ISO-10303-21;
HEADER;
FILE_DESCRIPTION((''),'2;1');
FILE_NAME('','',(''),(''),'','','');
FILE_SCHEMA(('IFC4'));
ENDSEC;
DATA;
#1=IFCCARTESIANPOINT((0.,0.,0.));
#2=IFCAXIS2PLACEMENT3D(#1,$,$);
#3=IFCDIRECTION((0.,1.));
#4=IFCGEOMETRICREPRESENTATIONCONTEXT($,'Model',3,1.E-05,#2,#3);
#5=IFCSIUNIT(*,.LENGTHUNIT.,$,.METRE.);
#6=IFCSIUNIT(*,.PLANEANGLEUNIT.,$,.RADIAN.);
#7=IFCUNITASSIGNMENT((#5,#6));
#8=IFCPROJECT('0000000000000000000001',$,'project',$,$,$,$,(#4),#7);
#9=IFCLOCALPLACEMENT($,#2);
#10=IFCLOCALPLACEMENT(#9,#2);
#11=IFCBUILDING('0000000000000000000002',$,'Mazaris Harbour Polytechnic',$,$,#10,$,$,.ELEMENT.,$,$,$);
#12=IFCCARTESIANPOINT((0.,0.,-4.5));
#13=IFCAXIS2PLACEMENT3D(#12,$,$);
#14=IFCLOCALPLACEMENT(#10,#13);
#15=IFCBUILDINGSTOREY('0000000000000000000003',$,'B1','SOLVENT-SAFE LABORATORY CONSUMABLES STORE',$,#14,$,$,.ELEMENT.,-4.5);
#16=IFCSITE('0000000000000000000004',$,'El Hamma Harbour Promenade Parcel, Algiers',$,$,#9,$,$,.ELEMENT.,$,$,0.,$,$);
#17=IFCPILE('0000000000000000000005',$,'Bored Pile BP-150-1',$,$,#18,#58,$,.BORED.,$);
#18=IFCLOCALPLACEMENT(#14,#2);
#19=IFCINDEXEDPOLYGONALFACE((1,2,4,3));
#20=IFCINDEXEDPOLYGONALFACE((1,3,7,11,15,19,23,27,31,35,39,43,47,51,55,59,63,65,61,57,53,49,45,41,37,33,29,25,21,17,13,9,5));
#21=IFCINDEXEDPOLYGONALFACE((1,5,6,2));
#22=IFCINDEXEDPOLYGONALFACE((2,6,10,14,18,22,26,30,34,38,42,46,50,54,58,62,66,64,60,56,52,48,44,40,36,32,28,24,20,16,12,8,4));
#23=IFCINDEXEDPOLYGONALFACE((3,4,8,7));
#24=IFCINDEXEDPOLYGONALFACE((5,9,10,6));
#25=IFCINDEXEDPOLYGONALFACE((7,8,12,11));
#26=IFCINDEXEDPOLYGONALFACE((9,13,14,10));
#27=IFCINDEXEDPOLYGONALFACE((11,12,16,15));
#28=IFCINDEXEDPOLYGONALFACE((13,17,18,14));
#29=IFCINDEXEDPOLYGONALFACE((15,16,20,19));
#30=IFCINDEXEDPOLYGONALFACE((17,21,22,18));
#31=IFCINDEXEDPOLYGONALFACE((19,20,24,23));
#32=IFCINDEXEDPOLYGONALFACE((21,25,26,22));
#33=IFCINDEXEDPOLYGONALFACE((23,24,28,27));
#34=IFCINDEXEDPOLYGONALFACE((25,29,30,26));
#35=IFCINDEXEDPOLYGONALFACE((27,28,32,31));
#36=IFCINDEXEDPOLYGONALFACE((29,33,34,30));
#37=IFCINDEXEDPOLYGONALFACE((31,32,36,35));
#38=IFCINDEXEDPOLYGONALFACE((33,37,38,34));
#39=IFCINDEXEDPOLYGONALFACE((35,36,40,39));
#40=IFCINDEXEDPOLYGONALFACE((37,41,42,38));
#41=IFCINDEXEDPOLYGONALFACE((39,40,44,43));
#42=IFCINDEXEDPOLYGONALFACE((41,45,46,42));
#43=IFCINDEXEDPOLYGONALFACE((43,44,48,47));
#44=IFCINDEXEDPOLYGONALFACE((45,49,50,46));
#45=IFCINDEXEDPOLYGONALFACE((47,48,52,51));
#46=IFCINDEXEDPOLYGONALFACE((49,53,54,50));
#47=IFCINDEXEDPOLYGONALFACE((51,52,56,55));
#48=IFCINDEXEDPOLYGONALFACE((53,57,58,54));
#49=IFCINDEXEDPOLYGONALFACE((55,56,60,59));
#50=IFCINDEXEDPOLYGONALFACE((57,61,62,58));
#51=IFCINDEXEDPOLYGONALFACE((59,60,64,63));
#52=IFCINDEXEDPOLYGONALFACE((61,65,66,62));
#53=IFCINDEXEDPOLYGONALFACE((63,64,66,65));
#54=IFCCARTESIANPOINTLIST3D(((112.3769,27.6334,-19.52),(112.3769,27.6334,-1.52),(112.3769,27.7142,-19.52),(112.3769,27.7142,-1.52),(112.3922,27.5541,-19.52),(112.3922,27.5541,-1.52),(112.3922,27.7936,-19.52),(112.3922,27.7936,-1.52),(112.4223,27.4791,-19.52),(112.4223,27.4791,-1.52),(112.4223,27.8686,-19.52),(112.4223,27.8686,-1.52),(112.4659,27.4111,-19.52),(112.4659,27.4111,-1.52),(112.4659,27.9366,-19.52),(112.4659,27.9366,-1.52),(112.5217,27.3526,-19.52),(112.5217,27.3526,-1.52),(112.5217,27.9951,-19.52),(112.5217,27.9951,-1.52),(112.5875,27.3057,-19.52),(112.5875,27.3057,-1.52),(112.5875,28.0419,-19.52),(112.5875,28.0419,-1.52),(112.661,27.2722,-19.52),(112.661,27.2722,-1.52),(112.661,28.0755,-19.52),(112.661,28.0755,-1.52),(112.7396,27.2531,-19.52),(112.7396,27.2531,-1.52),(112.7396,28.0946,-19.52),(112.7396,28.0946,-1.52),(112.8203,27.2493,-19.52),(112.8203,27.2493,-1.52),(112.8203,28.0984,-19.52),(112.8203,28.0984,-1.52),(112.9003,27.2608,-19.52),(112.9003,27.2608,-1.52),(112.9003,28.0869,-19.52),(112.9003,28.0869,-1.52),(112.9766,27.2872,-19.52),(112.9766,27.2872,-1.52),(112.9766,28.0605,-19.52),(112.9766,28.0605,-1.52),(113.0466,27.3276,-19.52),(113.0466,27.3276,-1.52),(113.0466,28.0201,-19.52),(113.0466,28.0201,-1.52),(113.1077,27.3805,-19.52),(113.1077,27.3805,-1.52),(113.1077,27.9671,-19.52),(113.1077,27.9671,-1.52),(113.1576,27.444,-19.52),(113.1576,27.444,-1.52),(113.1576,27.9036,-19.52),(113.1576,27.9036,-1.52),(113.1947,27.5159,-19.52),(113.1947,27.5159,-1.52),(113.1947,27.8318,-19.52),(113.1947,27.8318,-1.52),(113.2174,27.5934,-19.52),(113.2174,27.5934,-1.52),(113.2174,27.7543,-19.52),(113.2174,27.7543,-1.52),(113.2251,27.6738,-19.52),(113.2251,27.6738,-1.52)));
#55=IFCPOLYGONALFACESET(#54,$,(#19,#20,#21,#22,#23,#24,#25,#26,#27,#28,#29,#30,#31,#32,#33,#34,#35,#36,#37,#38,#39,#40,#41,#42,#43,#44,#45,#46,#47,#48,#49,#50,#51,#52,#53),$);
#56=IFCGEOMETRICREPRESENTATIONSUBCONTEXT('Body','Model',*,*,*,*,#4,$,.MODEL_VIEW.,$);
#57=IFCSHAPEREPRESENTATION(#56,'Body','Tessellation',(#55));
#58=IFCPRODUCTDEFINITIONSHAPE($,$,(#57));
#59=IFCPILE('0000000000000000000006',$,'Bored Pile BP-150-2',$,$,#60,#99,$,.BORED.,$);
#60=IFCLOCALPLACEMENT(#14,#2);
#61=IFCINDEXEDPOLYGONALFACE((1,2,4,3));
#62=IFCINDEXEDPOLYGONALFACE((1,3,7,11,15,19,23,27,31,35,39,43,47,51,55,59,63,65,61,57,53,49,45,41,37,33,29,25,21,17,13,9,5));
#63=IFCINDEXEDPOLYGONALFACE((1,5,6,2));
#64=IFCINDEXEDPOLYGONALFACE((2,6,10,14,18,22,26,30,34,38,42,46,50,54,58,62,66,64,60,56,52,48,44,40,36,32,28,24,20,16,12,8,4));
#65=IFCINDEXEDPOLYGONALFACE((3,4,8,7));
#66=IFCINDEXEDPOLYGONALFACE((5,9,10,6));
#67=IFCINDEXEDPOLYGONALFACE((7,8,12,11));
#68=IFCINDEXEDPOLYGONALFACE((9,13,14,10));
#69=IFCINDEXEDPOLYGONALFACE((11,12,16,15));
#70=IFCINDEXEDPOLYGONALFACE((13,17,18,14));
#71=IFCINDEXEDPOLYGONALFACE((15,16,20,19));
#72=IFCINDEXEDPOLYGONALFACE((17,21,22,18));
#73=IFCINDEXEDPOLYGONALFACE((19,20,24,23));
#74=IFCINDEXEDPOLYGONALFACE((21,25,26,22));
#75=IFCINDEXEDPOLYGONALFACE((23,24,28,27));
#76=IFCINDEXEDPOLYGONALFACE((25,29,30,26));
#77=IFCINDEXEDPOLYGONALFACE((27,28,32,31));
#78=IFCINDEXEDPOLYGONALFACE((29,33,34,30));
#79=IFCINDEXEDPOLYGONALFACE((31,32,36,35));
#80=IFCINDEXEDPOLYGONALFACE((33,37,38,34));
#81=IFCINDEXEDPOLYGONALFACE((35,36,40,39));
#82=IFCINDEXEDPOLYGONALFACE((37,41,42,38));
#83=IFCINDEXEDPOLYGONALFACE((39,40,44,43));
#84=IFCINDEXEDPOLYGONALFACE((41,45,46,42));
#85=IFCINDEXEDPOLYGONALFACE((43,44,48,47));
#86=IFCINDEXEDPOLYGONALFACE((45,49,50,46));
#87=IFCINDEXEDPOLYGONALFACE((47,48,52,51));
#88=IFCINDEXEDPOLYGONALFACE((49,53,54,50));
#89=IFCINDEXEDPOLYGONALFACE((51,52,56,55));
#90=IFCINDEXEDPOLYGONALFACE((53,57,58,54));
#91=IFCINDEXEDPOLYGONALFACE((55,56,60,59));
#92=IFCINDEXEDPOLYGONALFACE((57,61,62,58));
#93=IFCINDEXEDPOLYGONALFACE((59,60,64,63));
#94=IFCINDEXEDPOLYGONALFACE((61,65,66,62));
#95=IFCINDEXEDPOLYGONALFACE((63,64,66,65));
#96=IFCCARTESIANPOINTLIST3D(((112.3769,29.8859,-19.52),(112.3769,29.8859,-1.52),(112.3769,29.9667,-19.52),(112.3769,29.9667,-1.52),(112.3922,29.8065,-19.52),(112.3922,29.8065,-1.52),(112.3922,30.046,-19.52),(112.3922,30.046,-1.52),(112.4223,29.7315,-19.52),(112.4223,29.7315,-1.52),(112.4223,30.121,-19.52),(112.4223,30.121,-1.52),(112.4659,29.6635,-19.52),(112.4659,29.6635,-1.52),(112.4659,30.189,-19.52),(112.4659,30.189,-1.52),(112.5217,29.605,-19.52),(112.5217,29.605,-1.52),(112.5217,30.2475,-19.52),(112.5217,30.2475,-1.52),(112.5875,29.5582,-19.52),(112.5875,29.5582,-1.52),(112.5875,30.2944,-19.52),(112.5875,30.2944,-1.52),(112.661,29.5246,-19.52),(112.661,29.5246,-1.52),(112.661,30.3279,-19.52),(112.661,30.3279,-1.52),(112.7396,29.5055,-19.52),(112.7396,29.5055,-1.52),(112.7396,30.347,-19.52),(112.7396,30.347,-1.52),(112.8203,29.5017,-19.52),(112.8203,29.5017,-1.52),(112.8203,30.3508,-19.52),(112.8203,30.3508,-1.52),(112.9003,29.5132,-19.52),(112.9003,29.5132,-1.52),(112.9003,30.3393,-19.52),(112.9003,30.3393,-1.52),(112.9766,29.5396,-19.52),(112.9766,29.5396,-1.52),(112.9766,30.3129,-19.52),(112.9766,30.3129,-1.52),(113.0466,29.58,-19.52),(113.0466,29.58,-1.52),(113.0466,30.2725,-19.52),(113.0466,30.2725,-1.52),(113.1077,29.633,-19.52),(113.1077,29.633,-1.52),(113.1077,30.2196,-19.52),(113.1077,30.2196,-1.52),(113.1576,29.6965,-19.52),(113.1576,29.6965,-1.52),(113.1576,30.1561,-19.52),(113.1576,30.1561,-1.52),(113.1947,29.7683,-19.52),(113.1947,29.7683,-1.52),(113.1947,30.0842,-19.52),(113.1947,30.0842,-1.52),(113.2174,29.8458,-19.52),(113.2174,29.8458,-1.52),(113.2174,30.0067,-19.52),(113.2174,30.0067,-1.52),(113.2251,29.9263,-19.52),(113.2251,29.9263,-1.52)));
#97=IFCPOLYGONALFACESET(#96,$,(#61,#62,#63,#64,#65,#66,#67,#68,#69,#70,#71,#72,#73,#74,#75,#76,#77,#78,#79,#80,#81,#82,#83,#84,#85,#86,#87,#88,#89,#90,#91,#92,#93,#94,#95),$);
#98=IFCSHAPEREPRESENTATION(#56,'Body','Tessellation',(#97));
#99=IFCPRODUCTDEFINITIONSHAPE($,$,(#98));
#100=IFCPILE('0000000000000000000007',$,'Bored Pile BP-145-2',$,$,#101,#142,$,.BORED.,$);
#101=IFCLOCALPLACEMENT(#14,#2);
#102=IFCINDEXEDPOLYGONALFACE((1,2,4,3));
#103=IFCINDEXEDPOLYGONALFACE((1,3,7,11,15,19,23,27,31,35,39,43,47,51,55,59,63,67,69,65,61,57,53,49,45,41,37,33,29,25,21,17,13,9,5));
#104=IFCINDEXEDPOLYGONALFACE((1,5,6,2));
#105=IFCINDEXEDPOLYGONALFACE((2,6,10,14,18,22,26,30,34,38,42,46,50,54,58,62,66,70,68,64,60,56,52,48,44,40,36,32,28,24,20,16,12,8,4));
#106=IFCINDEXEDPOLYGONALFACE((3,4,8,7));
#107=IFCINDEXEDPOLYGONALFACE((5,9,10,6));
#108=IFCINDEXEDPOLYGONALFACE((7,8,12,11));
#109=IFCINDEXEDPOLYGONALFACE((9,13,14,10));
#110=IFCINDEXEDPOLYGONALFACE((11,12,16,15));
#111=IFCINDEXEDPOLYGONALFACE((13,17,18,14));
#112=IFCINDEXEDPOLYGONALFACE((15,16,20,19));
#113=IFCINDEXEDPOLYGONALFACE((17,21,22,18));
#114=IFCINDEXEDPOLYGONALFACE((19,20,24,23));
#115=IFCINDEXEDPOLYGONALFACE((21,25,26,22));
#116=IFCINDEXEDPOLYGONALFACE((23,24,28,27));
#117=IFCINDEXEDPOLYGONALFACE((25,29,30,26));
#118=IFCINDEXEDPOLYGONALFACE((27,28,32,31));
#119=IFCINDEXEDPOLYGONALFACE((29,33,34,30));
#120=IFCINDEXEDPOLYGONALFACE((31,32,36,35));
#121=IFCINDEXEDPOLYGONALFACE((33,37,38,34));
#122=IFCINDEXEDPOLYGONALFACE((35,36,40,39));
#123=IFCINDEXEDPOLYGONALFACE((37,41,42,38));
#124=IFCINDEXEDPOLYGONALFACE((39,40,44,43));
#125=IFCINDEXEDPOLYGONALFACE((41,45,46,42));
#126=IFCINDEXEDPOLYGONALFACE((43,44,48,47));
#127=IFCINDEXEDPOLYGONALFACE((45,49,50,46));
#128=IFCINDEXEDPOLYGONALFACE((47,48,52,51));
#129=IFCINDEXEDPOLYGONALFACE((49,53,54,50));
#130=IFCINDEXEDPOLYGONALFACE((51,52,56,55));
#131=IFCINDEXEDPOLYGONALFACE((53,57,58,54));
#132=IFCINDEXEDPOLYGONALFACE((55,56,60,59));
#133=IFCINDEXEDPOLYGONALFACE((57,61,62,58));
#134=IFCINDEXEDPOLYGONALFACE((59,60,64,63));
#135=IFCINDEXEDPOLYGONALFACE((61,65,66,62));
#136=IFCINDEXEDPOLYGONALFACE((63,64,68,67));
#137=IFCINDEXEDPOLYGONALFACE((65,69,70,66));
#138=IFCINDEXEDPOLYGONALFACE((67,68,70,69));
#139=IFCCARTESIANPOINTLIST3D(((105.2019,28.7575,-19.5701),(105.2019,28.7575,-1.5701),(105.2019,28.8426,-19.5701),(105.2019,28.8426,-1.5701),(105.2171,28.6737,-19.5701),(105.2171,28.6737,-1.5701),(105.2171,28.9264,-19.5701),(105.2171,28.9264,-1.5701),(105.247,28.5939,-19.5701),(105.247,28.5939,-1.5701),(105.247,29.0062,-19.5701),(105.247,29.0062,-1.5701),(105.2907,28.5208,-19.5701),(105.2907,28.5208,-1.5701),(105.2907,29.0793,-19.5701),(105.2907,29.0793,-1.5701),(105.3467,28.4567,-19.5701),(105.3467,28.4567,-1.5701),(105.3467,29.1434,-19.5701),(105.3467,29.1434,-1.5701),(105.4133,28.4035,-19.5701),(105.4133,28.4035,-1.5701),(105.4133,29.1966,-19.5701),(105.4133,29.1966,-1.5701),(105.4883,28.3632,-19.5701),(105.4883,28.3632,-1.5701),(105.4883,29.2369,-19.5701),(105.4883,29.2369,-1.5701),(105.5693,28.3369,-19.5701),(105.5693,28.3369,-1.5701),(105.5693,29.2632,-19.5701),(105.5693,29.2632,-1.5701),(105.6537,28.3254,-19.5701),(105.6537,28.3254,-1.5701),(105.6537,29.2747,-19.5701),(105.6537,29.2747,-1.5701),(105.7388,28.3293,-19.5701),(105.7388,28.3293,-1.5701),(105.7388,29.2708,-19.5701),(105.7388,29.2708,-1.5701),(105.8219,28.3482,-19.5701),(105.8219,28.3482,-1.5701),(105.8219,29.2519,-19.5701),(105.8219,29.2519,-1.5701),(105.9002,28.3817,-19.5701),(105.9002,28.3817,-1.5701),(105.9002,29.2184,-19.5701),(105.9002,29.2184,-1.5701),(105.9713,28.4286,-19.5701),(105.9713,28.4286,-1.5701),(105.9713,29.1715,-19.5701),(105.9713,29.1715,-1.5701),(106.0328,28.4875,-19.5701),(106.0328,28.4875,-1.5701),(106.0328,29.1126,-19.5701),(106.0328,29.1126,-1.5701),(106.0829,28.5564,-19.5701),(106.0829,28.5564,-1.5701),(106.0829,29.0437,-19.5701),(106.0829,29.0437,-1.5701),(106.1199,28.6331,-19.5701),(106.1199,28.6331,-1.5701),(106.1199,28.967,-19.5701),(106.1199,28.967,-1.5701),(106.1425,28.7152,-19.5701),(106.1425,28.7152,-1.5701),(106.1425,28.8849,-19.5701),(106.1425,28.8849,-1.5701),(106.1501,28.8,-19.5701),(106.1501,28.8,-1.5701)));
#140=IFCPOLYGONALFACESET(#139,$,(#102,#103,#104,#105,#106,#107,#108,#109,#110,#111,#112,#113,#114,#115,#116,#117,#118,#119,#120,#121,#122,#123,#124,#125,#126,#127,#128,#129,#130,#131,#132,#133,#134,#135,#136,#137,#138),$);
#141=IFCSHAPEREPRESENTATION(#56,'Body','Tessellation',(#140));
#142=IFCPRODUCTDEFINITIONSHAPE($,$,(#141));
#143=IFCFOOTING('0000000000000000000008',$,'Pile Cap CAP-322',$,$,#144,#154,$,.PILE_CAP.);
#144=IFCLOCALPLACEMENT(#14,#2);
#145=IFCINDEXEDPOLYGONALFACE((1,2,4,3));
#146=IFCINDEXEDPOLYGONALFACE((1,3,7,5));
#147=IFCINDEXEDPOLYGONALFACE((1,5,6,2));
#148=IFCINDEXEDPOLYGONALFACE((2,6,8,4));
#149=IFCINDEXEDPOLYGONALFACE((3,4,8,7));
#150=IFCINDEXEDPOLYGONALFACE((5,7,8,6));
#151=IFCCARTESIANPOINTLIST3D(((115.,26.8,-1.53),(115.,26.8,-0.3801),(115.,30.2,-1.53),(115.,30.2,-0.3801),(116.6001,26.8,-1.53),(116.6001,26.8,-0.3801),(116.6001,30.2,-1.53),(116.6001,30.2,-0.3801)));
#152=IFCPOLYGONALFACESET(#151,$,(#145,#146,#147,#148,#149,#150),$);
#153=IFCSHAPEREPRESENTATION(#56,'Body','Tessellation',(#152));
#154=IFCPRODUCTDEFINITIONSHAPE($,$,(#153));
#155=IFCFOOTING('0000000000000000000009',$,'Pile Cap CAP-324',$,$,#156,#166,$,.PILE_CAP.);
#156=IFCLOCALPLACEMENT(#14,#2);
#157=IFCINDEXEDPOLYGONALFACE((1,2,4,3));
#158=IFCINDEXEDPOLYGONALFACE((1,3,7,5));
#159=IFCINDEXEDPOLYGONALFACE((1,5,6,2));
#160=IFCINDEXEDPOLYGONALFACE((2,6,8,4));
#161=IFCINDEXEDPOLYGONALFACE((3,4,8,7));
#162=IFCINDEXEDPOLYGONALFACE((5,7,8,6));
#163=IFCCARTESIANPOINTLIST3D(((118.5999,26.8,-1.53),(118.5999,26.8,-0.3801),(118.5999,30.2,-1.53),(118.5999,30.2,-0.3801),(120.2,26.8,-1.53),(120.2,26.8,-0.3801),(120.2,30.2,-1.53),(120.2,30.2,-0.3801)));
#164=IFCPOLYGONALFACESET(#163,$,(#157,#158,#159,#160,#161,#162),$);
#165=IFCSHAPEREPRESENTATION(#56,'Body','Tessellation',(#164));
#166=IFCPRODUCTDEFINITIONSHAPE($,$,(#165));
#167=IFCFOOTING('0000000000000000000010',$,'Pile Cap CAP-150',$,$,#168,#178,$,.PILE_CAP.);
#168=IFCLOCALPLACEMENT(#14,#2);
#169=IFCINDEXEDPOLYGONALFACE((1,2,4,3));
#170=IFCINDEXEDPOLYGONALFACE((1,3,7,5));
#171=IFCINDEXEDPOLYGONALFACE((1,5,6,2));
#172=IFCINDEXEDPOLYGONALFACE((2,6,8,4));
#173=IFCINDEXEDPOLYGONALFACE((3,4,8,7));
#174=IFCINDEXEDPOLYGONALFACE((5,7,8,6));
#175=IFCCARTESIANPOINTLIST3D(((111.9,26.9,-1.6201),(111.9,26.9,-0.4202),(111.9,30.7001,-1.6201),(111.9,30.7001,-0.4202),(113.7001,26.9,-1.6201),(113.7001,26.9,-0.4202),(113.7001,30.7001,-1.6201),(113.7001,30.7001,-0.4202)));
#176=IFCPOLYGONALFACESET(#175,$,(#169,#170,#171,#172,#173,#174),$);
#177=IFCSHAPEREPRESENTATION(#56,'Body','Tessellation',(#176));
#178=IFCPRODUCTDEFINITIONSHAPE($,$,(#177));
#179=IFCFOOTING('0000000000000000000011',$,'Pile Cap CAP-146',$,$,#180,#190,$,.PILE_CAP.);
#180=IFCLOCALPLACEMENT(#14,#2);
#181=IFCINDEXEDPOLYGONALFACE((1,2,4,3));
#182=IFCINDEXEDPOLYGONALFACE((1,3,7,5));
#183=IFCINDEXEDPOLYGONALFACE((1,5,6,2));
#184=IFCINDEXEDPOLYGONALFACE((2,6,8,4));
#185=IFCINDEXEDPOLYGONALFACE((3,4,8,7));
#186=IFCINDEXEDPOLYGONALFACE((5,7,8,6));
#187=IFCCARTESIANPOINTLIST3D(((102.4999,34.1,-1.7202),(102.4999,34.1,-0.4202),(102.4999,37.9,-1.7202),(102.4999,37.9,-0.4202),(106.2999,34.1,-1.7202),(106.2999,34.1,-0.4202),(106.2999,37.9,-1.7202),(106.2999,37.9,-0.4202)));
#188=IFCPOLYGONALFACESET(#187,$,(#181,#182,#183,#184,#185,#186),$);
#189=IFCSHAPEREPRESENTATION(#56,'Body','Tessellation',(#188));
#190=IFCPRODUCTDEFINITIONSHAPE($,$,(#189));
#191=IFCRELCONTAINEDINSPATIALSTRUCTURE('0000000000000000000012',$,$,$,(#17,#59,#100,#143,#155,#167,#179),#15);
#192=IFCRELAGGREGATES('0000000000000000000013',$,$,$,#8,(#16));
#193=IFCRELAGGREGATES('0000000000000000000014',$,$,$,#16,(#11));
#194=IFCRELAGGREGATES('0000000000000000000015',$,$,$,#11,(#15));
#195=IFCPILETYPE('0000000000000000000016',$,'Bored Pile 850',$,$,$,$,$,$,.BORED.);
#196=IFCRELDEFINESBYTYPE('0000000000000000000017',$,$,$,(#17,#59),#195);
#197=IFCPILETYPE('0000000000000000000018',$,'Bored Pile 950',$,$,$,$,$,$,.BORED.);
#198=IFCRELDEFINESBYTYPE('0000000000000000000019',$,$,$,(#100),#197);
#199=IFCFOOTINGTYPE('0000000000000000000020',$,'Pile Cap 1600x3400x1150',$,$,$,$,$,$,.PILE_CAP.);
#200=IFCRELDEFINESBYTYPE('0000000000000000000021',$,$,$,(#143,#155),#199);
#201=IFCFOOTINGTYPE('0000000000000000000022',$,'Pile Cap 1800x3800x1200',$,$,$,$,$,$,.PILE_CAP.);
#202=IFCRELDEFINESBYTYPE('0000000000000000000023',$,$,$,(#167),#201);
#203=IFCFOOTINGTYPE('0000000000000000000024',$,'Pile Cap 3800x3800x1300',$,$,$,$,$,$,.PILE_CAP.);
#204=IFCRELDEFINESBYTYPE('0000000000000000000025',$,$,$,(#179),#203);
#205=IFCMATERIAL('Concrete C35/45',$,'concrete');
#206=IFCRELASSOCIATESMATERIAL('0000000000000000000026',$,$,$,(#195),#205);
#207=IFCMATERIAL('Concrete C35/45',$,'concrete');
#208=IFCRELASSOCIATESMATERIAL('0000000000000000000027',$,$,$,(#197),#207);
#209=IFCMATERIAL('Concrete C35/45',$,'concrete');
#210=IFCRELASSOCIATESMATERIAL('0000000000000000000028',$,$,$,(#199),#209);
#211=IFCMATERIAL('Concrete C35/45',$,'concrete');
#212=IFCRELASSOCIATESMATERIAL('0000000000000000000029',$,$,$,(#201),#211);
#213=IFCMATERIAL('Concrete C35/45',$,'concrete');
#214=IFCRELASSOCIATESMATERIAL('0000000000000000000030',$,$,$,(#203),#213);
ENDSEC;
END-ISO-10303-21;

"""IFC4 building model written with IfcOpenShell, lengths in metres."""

from ifc_helpers import new_model, si_unit, direction, frame, origin, origin_2d, place, context, subcontext, project, spatial, rectangle, circle, extrude, material, material_profile, profile_set, type_object, element, save


model = new_model("IFC4")

# Units and contexts
model_context = context("Model", 3, precision=1e-05, world=origin(), true_north=direction((0.0, 1.0)))
body_context = subcontext(model_context, "Body", "Model", "MODEL_VIEW")
ifc_project = project(units=[si_unit("LENGTHUNIT", "METRE"), si_unit("PLANEANGLEUNIT", "RADIAN")], contexts=[model_context])

# Site, building, storey
site_placement = place(None, origin())
site = spatial("IfcSite", under=ifc_project, at=site_placement, Name="El Hamma Harbour Promenade Parcel, Algiers", CompositionType="ELEMENT", RefElevation=0.0)
building_placement = place(site_placement, origin())
building = spatial("IfcBuilding", under=site, at=building_placement, Name="Mazaris Harbour Polytechnic", CompositionType="ELEMENT")
storey_placement = place(building_placement, frame((0.0, 0.0, -4.5)))
storey = spatial("IfcBuildingStorey", under=building, at=storey_placement, Name="B1", Description="SOLVENT-SAFE LABORATORY CONSUMABLES STORE", CompositionType="ELEMENT", Elevation=-4.5)

# Piles
ifc_material_1 = material(Name="Concrete C35/45", Category="concrete")
ifc_material_profile_1 = material_profile(ifc_material_1, circle(Radius=0.425, at=origin_2d()), Name="DIA850")
ifc_profile_set_1 = profile_set([ifc_material_profile_1], Name="Concrete C35/45")
pile_type_1 = type_object("IfcPileType", Name="Bored Pile 850", PredefinedType="BORED", material=ifc_profile_set_1)
for number, where, z_axis, x_axis, name in (
    (1, (112.8, 27.6738, -1.52), (0.0, 0.0, -1.0), (1.0, 0.0, 0.0), "Bored Pile BP-150-1"),
    (2, (112.8, 29.9263, -1.52), (0.0, 0.0, -1.0), (1.0, 0.0, 0.0), "Bored Pile BP-150-2"),
):
    element("IfcPile", number, at=place(storey_placement, frame(where, z_axis=z_axis, x_axis=x_axis)), inside=storey, type_object=pile_type_1, Name=name, PredefinedType="BORED", context=body_context, shape_type="SweptSolid", body=[
        extrude(circle(Radius=0.425, at=origin_2d()), origin(), (0.0, 0.0, 1.0), 18.0),
    ])
ifc_material_2 = material(Name="Concrete C35/45", Category="concrete")
ifc_material_profile_2 = material_profile(ifc_material_2, circle(Radius=0.4751, at=origin_2d()), Name="DIA950")
ifc_profile_set_2 = profile_set([ifc_material_profile_2], Name="Concrete C35/45")
pile_type_2 = type_object("IfcPileType", Name="Bored Pile 950", PredefinedType="BORED", material=ifc_profile_set_2)
pile_placement = place(storey_placement, frame((105.675, 28.8, -1.5701), z_axis=(0.0, 0.0, -1.0), x_axis=(1.0, 0.0, 0.0)))
element("IfcPile", 3, at=pile_placement, inside=storey, type_object=pile_type_2, Name="Bored Pile BP-145-2", PredefinedType="BORED", context=body_context, shape_type="SweptSolid", body=[
    extrude(circle(Radius=0.4751, at=origin_2d()), origin(), (0.0, 0.0, 1.0), 18.0),
])

# Footings
ifc_material_3 = material(Name="Concrete C35/45", Category="concrete")
footing_type_1 = type_object("IfcFootingType", Name="Pile Cap 1600x3400x1150", PredefinedType="PILE_CAP", material=ifc_material_3)
for number, where, z_axis, x_axis, name in (
    (4, (115.8, 28.5, -1.53), (0.0, 0.0, 1.0), (1.0, 0.0, 0.0), "Pile Cap CAP-322"),
    (5, (119.3999, 28.5, -1.53), (0.0, 0.0, 1.0), (1.0, 0.0, 0.0), "Pile Cap CAP-324"),
):
    element("IfcFooting", number, at=place(storey_placement, frame(where, z_axis=z_axis, x_axis=x_axis)), inside=storey, type_object=footing_type_1, Name=name, PredefinedType="PILE_CAP", context=body_context, shape_type="SweptSolid", body=[
        extrude(rectangle(XDim=1.6001, YDim=3.3999, at=origin_2d()), origin(), (0.0, 0.0, 1.0), 1.1499),
    ])
ifc_material_4 = material(Name="Concrete C35/45", Category="concrete")
footing_type_2 = type_object("IfcFootingType", Name="Pile Cap 1800x3800x1200", PredefinedType="PILE_CAP", material=ifc_material_4)
footing_1_placement = place(storey_placement, frame((112.8, 28.8, -1.6201), z_axis=(0.0, 0.0, 1.0), x_axis=(1.0, 0.0, 0.0)))
element("IfcFooting", 6, at=footing_1_placement, inside=storey, type_object=footing_type_2, Name="Pile Cap CAP-150", PredefinedType="PILE_CAP", context=body_context, shape_type="SweptSolid", body=[
    extrude(rectangle(XDim=1.8, YDim=3.8, at=origin_2d()), origin(), (0.0, 0.0, 1.0), 1.2),
])
ifc_material_5 = material(Name="Concrete C35/45", Category="concrete")
footing_type_3 = type_object("IfcFootingType", Name="Pile Cap 3800x3800x1300", PredefinedType="PILE_CAP", material=ifc_material_5)
footing_2_placement = place(storey_placement, frame((104.3999, 36.0, -1.7202), z_axis=(0.0, 0.0, 1.0), x_axis=(1.0, 0.0, 0.0)))
element("IfcFooting", 7, at=footing_2_placement, inside=storey, type_object=footing_type_3, Name="Pile Cap CAP-146", PredefinedType="PILE_CAP", context=body_context, shape_type="SweptSolid", body=[
    extrude(rectangle(XDim=3.8, YDim=3.8, at=origin_2d()), origin(), (0.0, 0.0, 1.0), 1.3),
])

save(model, "model.ifc")
